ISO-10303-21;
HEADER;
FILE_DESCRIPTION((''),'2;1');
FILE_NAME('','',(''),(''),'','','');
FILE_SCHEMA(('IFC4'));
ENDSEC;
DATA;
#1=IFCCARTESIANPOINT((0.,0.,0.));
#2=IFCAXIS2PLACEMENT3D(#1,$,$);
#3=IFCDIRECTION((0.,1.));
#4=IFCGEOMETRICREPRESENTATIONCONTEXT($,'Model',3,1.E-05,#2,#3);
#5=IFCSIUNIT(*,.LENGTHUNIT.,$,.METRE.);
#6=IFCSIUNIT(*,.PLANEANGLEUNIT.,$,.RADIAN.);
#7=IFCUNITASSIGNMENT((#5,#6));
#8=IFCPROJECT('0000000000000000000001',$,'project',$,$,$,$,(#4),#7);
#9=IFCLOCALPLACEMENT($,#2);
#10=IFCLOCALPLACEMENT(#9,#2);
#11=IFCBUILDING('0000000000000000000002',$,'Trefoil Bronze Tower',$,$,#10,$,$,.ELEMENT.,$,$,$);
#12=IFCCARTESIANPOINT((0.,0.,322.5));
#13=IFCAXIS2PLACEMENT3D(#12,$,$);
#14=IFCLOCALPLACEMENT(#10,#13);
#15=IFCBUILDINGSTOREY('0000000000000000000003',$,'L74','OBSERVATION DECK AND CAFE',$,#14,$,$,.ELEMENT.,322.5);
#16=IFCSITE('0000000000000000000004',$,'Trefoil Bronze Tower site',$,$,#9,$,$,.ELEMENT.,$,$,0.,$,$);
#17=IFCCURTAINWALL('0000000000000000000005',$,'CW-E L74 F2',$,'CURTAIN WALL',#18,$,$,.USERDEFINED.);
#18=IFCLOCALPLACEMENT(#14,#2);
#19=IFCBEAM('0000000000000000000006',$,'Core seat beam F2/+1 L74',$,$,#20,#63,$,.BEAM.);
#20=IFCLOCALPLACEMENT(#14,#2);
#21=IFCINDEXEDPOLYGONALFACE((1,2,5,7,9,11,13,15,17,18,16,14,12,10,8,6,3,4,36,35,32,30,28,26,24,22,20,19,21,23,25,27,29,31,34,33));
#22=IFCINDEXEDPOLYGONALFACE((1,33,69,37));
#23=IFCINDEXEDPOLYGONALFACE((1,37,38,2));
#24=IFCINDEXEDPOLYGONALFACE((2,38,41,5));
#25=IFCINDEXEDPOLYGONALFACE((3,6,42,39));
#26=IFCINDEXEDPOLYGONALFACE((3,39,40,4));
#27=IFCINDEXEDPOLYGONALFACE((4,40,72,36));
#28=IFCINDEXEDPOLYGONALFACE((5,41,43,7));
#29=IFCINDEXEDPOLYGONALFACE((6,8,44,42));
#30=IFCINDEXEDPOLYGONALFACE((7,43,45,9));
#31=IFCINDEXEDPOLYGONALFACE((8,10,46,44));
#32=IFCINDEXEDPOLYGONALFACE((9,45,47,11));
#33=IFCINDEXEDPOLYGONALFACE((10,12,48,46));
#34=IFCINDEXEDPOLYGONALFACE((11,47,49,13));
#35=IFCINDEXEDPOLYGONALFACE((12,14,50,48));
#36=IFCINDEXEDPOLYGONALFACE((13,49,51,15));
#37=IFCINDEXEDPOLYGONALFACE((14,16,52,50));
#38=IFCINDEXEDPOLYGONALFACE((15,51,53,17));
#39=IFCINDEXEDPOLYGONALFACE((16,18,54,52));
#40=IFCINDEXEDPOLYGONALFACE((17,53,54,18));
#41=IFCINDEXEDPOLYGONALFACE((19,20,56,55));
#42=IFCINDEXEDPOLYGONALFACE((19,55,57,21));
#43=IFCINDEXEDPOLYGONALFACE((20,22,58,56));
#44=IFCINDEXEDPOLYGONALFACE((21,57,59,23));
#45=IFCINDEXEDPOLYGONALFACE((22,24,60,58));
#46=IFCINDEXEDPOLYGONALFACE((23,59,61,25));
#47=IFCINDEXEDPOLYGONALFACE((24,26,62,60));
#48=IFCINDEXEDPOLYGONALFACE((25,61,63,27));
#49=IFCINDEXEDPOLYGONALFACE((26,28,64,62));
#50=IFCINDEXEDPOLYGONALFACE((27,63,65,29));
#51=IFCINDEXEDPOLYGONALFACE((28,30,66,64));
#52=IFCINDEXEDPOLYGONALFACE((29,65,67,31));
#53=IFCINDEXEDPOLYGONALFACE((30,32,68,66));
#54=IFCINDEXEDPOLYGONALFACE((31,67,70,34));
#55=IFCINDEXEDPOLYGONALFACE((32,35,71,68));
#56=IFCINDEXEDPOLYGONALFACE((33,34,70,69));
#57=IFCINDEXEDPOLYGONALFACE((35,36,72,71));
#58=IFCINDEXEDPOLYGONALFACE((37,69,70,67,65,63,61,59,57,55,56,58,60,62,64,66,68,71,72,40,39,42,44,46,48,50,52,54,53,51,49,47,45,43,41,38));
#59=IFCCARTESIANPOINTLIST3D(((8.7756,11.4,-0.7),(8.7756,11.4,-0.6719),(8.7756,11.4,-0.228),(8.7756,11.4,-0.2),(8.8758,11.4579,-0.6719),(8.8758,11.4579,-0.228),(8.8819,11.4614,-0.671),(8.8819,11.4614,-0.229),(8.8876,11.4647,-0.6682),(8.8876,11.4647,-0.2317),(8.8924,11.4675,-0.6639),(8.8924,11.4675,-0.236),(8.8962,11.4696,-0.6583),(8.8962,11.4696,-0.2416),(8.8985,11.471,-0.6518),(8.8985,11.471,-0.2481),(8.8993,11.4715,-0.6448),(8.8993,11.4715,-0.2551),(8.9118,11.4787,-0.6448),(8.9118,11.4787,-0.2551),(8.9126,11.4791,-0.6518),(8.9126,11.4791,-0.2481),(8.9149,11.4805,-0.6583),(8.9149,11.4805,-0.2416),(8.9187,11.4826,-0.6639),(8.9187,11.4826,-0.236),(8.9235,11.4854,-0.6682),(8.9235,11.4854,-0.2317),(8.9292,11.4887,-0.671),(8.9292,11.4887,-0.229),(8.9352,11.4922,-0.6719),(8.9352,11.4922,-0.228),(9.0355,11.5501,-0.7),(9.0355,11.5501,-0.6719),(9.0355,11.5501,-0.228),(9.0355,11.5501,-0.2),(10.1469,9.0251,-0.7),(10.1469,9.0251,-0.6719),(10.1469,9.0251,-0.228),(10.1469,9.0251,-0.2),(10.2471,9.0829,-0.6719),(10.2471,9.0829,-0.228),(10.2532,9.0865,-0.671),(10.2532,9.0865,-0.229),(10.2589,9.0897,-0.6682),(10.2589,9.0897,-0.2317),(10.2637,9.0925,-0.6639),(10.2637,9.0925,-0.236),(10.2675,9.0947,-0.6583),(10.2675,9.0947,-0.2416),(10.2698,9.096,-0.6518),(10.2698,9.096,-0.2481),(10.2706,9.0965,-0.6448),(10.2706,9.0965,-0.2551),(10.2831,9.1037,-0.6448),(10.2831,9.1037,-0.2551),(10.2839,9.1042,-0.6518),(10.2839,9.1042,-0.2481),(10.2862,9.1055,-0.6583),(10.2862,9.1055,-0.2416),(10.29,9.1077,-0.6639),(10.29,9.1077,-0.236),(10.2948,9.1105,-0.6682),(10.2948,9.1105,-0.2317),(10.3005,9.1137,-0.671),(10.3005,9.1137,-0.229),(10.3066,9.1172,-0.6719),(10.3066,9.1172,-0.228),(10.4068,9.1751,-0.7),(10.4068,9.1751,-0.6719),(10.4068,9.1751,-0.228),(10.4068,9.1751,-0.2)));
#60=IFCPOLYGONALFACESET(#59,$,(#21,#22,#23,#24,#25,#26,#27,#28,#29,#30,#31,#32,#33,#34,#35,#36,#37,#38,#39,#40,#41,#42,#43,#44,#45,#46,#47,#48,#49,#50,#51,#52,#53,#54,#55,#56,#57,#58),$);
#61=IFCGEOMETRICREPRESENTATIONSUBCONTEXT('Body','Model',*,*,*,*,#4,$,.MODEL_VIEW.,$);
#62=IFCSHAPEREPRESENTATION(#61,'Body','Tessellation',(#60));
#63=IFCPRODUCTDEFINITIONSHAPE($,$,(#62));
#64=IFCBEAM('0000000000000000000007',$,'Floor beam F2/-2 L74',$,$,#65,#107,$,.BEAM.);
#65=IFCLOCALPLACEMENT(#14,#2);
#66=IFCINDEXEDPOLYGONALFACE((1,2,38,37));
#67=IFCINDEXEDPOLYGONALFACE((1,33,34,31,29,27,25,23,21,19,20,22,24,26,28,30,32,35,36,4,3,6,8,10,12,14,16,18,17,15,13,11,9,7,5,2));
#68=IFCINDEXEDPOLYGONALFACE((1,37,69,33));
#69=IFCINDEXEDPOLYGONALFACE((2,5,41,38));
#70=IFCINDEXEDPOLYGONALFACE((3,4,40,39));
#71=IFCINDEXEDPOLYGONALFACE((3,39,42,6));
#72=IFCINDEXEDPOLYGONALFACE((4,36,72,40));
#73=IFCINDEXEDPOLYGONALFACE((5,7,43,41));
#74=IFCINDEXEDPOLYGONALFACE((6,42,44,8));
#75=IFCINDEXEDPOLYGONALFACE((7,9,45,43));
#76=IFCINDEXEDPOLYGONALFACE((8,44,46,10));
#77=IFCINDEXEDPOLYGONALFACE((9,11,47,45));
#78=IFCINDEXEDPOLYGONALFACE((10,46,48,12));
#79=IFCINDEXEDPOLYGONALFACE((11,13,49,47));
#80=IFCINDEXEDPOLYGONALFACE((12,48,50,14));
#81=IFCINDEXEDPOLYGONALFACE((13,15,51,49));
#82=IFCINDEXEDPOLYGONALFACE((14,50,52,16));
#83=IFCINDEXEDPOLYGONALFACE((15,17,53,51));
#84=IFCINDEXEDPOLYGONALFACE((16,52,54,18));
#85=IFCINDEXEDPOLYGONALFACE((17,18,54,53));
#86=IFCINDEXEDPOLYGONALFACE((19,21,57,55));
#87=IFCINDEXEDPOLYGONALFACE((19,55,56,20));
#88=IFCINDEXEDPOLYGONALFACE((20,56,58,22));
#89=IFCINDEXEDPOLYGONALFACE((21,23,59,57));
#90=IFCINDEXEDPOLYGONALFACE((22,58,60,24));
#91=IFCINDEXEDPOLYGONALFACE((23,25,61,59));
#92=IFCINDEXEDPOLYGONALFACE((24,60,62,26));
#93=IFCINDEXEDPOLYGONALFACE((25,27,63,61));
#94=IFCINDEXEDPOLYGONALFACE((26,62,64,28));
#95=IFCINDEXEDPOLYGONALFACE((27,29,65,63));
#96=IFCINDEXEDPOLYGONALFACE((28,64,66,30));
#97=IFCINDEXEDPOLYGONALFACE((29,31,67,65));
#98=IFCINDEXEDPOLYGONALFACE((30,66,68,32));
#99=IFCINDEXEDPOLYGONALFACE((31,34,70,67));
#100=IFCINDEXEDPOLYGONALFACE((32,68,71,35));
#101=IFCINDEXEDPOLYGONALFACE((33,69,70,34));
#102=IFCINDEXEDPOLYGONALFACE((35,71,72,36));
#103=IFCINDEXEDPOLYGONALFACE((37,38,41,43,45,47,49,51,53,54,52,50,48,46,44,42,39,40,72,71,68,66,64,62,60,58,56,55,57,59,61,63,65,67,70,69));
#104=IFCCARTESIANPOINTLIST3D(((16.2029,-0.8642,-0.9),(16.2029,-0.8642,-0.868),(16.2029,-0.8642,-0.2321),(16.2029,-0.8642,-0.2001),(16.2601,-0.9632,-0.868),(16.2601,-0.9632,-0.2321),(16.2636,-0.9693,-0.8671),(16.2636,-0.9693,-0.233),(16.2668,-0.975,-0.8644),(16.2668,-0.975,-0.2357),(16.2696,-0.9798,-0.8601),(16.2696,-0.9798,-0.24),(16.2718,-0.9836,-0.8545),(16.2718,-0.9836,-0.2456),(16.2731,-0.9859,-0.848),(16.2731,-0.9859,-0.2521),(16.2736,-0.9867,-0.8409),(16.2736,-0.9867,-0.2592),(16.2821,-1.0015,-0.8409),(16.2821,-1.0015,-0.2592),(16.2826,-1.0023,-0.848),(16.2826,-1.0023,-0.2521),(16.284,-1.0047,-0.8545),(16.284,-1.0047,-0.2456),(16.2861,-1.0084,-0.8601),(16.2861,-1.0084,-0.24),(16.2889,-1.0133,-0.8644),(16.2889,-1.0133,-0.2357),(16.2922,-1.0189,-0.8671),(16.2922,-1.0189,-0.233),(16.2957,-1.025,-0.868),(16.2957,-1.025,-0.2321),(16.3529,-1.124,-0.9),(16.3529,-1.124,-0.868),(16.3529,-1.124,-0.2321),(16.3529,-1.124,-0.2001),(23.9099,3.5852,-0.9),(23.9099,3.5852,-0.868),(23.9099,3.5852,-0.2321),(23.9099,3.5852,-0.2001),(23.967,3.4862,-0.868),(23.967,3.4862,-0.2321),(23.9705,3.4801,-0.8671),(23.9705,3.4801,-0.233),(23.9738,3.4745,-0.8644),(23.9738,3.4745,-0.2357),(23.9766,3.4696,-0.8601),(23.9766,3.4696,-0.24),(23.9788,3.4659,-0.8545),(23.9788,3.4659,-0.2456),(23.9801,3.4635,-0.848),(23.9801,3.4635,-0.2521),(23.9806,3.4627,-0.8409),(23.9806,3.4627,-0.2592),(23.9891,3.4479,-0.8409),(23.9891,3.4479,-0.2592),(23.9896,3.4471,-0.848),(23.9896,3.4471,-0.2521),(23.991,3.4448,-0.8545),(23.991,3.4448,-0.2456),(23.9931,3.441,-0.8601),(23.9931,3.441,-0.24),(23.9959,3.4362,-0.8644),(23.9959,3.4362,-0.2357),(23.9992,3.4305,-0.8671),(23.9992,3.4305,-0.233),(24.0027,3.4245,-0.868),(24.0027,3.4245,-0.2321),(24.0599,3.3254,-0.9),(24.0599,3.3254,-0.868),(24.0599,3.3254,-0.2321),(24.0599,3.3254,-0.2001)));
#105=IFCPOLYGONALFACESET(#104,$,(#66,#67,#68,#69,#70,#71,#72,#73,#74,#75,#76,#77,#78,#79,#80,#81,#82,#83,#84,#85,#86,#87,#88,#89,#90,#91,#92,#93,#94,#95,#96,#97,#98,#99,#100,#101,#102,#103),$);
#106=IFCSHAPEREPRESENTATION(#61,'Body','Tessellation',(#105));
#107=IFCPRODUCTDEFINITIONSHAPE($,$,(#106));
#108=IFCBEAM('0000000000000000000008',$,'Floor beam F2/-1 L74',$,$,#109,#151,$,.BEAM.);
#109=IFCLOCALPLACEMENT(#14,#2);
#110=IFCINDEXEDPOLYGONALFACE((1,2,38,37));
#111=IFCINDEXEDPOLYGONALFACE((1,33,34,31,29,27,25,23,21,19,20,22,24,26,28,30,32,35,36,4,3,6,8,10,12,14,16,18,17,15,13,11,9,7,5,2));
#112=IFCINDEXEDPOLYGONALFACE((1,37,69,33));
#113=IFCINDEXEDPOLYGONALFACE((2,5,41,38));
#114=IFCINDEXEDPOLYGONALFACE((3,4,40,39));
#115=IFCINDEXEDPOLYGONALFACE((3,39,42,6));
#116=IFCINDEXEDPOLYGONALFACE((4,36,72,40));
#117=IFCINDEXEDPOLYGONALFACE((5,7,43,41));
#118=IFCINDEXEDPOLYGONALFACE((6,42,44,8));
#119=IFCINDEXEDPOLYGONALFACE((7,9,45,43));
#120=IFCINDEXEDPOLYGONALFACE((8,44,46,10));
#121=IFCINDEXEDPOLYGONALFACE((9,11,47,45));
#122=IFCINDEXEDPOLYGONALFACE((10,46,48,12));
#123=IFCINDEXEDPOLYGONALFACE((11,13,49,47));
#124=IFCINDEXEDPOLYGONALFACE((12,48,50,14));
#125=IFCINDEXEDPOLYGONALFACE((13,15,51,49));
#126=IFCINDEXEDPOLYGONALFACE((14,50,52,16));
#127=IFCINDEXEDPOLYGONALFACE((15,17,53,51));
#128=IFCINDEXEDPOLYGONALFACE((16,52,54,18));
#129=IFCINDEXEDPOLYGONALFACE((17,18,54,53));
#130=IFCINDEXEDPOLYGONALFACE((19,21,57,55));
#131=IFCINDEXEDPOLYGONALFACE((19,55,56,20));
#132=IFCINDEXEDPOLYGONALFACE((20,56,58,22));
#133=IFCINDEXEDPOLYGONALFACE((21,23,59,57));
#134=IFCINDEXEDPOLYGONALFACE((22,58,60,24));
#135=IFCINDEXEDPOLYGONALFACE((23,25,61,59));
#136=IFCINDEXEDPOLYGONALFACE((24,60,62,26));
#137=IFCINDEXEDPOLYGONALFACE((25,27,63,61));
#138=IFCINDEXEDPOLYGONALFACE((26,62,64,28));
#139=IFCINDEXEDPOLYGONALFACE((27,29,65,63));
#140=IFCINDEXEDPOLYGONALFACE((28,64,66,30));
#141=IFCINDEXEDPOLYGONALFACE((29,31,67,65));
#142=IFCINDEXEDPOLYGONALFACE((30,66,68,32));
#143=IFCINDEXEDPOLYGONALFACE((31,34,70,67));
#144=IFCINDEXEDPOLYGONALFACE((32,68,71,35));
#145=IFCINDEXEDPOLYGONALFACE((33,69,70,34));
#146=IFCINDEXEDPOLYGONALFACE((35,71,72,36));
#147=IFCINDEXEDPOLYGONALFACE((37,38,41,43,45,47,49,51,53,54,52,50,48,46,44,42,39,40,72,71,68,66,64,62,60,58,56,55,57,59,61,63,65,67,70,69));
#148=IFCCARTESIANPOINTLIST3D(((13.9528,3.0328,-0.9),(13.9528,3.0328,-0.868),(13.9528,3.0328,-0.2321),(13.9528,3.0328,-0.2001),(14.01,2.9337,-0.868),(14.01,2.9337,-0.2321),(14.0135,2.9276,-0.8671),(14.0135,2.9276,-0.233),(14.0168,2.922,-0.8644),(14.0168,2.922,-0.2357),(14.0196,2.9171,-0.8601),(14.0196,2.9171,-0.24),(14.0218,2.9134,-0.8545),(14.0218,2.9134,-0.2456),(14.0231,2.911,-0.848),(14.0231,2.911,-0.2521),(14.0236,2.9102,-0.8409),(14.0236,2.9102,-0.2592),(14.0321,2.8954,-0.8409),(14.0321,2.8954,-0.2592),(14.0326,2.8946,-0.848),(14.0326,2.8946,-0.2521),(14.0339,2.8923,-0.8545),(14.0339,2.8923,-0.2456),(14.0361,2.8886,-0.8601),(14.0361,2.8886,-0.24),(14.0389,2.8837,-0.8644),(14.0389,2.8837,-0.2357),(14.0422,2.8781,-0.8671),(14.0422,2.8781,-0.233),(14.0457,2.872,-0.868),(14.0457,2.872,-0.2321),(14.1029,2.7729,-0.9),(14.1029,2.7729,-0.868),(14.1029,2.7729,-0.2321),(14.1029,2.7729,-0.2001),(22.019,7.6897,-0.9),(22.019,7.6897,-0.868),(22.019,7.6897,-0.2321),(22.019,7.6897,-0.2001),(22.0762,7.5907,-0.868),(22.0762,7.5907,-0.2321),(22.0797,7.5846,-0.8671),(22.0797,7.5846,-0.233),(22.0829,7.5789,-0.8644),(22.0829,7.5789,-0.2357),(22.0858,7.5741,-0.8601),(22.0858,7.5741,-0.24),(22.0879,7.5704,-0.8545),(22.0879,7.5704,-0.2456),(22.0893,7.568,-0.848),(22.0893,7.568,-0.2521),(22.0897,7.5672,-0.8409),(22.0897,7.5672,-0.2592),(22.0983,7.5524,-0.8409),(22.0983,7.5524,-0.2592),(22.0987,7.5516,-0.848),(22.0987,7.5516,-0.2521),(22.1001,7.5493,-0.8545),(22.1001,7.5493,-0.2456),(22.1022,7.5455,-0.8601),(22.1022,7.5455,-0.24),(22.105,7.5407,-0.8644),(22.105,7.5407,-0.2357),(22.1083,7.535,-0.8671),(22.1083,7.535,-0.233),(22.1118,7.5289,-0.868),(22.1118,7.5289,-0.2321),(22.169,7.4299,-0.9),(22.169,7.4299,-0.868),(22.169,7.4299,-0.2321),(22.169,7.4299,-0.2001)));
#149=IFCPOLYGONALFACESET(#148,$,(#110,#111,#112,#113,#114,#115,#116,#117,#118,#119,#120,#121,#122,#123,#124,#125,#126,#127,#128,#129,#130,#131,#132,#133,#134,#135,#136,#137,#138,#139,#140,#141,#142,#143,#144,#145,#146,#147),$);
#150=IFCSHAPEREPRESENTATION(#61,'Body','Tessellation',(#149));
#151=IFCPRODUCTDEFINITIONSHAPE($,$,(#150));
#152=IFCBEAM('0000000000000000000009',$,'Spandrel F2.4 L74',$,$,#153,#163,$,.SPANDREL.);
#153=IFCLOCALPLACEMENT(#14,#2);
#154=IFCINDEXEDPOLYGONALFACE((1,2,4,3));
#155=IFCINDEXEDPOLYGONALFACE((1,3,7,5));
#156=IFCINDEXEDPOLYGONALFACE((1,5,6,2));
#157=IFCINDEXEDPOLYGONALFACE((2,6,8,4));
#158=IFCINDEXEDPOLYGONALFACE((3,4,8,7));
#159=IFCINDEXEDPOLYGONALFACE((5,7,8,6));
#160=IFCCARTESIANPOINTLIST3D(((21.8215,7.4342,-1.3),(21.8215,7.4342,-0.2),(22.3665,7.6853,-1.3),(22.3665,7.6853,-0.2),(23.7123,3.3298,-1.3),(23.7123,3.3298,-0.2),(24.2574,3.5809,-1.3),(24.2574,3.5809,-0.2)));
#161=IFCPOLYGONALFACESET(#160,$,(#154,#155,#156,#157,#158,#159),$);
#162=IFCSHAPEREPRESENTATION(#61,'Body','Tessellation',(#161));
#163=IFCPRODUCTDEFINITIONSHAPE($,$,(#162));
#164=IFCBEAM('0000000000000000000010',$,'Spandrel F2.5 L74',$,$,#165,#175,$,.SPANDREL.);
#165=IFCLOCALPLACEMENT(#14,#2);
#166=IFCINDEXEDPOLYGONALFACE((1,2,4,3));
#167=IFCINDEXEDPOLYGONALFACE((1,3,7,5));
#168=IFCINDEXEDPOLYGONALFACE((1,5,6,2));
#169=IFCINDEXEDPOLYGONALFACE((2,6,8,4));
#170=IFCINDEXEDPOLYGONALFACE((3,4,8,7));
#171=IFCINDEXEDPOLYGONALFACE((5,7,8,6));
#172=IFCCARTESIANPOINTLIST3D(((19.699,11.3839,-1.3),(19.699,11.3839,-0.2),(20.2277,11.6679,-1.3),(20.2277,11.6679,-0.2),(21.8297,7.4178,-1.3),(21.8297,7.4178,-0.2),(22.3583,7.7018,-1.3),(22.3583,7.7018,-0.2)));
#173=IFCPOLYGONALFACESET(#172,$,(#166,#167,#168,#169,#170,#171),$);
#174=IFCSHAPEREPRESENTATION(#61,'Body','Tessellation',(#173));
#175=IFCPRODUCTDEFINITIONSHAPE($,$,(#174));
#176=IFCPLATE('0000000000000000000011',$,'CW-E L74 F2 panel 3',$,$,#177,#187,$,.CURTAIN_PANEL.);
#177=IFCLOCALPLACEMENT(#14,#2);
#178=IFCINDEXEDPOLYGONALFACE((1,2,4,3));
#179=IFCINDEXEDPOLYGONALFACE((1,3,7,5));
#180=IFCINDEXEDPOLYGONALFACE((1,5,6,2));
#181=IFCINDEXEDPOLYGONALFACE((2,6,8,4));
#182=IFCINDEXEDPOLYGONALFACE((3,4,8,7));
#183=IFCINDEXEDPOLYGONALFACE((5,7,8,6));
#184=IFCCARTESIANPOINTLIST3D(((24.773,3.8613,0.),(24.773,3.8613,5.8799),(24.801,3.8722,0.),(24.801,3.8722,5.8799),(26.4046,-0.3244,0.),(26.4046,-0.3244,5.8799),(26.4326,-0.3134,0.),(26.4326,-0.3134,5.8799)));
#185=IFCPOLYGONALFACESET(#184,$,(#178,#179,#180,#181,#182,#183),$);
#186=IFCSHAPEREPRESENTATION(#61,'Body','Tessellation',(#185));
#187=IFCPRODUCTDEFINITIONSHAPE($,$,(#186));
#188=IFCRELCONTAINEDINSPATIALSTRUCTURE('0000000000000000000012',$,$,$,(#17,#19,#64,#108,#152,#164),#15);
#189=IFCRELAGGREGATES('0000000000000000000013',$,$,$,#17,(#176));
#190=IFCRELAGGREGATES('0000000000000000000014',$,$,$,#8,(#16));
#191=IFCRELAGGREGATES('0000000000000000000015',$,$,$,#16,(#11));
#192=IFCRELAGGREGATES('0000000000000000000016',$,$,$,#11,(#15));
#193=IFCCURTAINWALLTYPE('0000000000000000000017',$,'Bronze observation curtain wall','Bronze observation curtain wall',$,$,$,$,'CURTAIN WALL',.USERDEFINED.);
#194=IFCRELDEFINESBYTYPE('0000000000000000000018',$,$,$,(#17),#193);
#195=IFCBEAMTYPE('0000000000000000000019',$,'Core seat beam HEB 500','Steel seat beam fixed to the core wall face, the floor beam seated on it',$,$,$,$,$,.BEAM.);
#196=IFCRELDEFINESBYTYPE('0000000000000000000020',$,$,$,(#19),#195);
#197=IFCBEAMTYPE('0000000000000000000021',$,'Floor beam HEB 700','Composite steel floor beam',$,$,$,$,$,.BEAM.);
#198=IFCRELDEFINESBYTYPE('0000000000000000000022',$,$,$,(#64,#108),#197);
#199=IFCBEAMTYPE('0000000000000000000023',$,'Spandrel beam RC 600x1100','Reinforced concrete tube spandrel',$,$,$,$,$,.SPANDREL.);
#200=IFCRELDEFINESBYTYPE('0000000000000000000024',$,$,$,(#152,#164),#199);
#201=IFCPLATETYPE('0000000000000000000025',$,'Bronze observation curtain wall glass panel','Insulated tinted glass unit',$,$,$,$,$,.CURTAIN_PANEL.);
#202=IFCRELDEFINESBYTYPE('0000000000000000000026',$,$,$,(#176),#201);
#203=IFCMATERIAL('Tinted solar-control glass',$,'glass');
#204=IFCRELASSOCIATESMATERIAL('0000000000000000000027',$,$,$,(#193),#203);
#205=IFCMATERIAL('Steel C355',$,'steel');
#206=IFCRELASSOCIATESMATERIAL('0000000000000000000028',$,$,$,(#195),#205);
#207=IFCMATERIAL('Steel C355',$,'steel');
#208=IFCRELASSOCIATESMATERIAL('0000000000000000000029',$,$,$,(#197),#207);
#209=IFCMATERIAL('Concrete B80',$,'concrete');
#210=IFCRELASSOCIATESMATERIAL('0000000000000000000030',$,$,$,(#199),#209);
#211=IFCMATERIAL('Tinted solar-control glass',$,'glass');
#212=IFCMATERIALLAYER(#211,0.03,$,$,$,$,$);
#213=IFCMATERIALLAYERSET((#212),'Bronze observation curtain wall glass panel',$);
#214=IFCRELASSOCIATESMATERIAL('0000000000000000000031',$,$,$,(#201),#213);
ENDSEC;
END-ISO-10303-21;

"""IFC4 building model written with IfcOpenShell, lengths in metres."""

from ifc_helpers import new_model, si_unit, direction, frame, origin, origin_2d, place, context, subcontext, project, spatial, rectangle, i_section, extrude, material, layer, layer_set, material_profile, profile_set, type_object, element, aggregate, save


model = new_model("IFC4")

# Units and contexts
model_context = context("Model", 3, precision=1e-05, world=origin(), true_north=direction((0.0, 1.0)))
body_context = subcontext(model_context, "Body", "Model", "MODEL_VIEW")
ifc_project = project(units=[si_unit("LENGTHUNIT", "METRE"), si_unit("PLANEANGLEUNIT", "RADIAN")], contexts=[model_context])

# Site, building, storey
site_placement = place(None, origin())
site = spatial("IfcSite", under=ifc_project, at=site_placement, Name="Trefoil Bronze Tower site", CompositionType="ELEMENT", RefElevation=0.0)
building_placement = place(site_placement, origin())
building = spatial("IfcBuilding", under=site, at=building_placement, Name="Trefoil Bronze Tower", CompositionType="ELEMENT")
storey_placement = place(building_placement, frame((0.0, 0.0, 322.5)))
storey = spatial("IfcBuildingStorey", under=building, at=storey_placement, Name="L74", Description="OBSERVATION DECK AND CAFE", CompositionType="ELEMENT", Elevation=322.5)

# Curtain wall
ifc_material_1 = material(Name="Tinted solar-control glass", Category="glass")
curtain_wall_type = type_object("IfcCurtainWallType", Name="Bronze observation curtain wall", Description="Bronze observation curtain wall", ElementType="CURTAIN WALL", PredefinedType="USERDEFINED", material=ifc_material_1)
curtain_wall_placement = place(storey_placement, origin())
curtain_wall = element("IfcCurtainWall", 1, at=curtain_wall_placement, inside=storey, type_object=curtain_wall_type, Name="CW-E L74 F2", ObjectType="CURTAIN WALL", PredefinedType="USERDEFINED")

# Beams
ifc_material_2 = material(Name="Steel C355", Category="steel")
ifc_material_profile_1 = material_profile(ifc_material_2, i_section(OverallWidth=0.3, OverallDepth=0.5, WebThickness=0.0144, FlangeThickness=0.0281, FilletRadius=0.0271, at=origin_2d()), Name="HEB 500")
ifc_profile_set_1 = profile_set([ifc_material_profile_1], Name="Steel C355")
beam_type_1 = type_object("IfcBeamType", Name="Core seat beam HEB 500", Description="Steel seat beam fixed to the core wall face, the floor beam seated on it", PredefinedType="BEAM", material=ifc_profile_set_1)
for number, where, z_axis, x_axis, name in (
    (2, (10.2769, 9.1001, -0.45), (-0.500036, 0.866005, 0.0), (-0.866005, -0.500036, 0.0), "Core seat beam F2/+1 L74"),
):
    element("IfcBeam", number, at=place(storey_placement, frame(where, z_axis=z_axis, x_axis=x_axis)), inside=storey, type_object=beam_type_1, Name=name, PredefinedType="BEAM", context=body_context, shape_type="SweptSolid", body=[
        extrude(i_section(OverallWidth=0.3, OverallDepth=0.5, WebThickness=0.0144, FlangeThickness=0.0281, FilletRadius=0.0271, at=origin_2d()), origin(), (0.0, 0.0, 1.0), 2.7424),
    ])
ifc_material_3 = material(Name="Steel C355", Category="steel")
ifc_material_profile_2 = material_profile(ifc_material_3, i_section(OverallWidth=0.3, OverallDepth=0.7, WebThickness=0.0171, FlangeThickness=0.032, FilletRadius=0.0271, at=origin_2d()), Name="HEB 700")
ifc_profile_set_2 = profile_set([ifc_material_profile_2], Name="Steel C355")
beam_type_2 = type_object("IfcBeamType", Name="Floor beam HEB 700", Description="Composite steel floor beam", PredefinedType="BEAM", material=ifc_profile_set_2)
beam_1_placement = place(storey_placement, frame((23.9849, 3.4553, -0.55), z_axis=(-0.866035, -0.499984, 0.0), x_axis=(0.499984, -0.866035, 0.0)))
element("IfcBeam", 3, at=beam_1_placement, inside=storey, type_object=beam_type_2, Name="Floor beam F2/-2 L74", PredefinedType="BEAM", context=body_context, shape_type="SweptSolid", body=[
    extrude(i_section(OverallWidth=0.3, OverallDepth=0.7, WebThickness=0.0171, FlangeThickness=0.032, FilletRadius=0.0271, at=origin_2d()), origin(), (0.0, 0.0, 1.0), 8.8992),
])
beam_2_placement = place(storey_placement, frame((22.094, 7.5598, -0.55), z_axis=(-0.866026, -0.499999, 0.0), x_axis=(0.499999, -0.866026, 0.0)))
element("IfcBeam", 4, at=beam_2_placement, inside=storey, type_object=beam_type_2, Name="Floor beam F2/-1 L74", PredefinedType="BEAM", context=body_context, shape_type="SweptSolid", body=[
    extrude(i_section(OverallWidth=0.3, OverallDepth=0.7, WebThickness=0.0171, FlangeThickness=0.032, FilletRadius=0.0271, at=origin_2d()), origin(), (0.0, 0.0, 1.0), 9.314),
])
ifc_material_4 = material(Name="Concrete B80", Category="concrete")
ifc_material_profile_3 = material_profile(ifc_material_4, rectangle(XDim=0.6001, YDim=1.1001, at=origin_2d()), Name="RC 600x1100")
ifc_profile_set_3 = profile_set([ifc_material_profile_3], Name="Concrete B80")
beam_type_3 = type_object("IfcBeamType", Name="Spandrel beam RC 600x1100", Description="Reinforced concrete tube spandrel", PredefinedType="SPANDREL", material=ifc_profile_set_3)
beam_3_placement = place(storey_placement, frame((23.9849, 3.4553, -0.75), z_axis=(-0.418417, 0.908255, 0.0), x_axis=(-0.908255, -0.418417, 0.0)))
element("IfcBeam", 5, at=beam_3_placement, inside=storey, type_object=beam_type_3, Name="Spandrel F2.4 L74", PredefinedType="SPANDREL", context=body_context, shape_type="SweptSolid", body=[
    extrude(rectangle(XDim=0.6001, YDim=1.1001, at=origin_2d()), origin(), (0.0, 0.0, 1.0), 4.519),
])
beam_4_placement = place(storey_placement, frame((22.094, 7.5598, -0.75), z_axis=(-0.473246, 0.88093, 0.0), x_axis=(-0.88093, -0.473246, 0.0)))
element("IfcBeam", 6, at=beam_4_placement, inside=storey, type_object=beam_type_3, Name="Spandrel F2.5 L74", PredefinedType="SPANDREL", context=body_context, shape_type="SweptSolid", body=[
    extrude(rectangle(XDim=0.6001, YDim=1.1001, at=origin_2d()), origin(), (0.0, 0.0, 1.0), 4.5022),
])

# Plate
ifc_material_5 = material(Name="Tinted solar-control glass", Category="glass")
ifc_layer_1 = layer(ifc_material_5, 0.03)
ifc_layer_set_1 = layer_set([ifc_layer_1], Name="Bronze observation curtain wall glass panel")
plate_type = type_object("IfcPlateType", Name="Bronze observation curtain wall glass panel", Description="Insulated tinted glass unit", PredefinedType="CURTAIN_PANEL", material=ifc_layer_set_1)
plate_1_placement = place(storey_placement, frame((25.6028, 1.7739, 0.0), z_axis=(0.0, 0.0, 1.0), x_axis=(-0.363199, 0.931712, 0.0)))
plate_1 = element("IfcPlate", 7, at=plate_1_placement, type_object=plate_type, Name="CW-E L74 F2 panel 3", PredefinedType="CURTAIN_PANEL", context=body_context, shape_type="SweptSolid", body=[
    extrude(rectangle(XDim=4.4924, YDim=0.03, at=origin_2d()), origin(), (0.0, 0.0, 1.0), 5.8799),
])
aggregate(curtain_wall, [plate_1])

save(model, "model.ifc")
